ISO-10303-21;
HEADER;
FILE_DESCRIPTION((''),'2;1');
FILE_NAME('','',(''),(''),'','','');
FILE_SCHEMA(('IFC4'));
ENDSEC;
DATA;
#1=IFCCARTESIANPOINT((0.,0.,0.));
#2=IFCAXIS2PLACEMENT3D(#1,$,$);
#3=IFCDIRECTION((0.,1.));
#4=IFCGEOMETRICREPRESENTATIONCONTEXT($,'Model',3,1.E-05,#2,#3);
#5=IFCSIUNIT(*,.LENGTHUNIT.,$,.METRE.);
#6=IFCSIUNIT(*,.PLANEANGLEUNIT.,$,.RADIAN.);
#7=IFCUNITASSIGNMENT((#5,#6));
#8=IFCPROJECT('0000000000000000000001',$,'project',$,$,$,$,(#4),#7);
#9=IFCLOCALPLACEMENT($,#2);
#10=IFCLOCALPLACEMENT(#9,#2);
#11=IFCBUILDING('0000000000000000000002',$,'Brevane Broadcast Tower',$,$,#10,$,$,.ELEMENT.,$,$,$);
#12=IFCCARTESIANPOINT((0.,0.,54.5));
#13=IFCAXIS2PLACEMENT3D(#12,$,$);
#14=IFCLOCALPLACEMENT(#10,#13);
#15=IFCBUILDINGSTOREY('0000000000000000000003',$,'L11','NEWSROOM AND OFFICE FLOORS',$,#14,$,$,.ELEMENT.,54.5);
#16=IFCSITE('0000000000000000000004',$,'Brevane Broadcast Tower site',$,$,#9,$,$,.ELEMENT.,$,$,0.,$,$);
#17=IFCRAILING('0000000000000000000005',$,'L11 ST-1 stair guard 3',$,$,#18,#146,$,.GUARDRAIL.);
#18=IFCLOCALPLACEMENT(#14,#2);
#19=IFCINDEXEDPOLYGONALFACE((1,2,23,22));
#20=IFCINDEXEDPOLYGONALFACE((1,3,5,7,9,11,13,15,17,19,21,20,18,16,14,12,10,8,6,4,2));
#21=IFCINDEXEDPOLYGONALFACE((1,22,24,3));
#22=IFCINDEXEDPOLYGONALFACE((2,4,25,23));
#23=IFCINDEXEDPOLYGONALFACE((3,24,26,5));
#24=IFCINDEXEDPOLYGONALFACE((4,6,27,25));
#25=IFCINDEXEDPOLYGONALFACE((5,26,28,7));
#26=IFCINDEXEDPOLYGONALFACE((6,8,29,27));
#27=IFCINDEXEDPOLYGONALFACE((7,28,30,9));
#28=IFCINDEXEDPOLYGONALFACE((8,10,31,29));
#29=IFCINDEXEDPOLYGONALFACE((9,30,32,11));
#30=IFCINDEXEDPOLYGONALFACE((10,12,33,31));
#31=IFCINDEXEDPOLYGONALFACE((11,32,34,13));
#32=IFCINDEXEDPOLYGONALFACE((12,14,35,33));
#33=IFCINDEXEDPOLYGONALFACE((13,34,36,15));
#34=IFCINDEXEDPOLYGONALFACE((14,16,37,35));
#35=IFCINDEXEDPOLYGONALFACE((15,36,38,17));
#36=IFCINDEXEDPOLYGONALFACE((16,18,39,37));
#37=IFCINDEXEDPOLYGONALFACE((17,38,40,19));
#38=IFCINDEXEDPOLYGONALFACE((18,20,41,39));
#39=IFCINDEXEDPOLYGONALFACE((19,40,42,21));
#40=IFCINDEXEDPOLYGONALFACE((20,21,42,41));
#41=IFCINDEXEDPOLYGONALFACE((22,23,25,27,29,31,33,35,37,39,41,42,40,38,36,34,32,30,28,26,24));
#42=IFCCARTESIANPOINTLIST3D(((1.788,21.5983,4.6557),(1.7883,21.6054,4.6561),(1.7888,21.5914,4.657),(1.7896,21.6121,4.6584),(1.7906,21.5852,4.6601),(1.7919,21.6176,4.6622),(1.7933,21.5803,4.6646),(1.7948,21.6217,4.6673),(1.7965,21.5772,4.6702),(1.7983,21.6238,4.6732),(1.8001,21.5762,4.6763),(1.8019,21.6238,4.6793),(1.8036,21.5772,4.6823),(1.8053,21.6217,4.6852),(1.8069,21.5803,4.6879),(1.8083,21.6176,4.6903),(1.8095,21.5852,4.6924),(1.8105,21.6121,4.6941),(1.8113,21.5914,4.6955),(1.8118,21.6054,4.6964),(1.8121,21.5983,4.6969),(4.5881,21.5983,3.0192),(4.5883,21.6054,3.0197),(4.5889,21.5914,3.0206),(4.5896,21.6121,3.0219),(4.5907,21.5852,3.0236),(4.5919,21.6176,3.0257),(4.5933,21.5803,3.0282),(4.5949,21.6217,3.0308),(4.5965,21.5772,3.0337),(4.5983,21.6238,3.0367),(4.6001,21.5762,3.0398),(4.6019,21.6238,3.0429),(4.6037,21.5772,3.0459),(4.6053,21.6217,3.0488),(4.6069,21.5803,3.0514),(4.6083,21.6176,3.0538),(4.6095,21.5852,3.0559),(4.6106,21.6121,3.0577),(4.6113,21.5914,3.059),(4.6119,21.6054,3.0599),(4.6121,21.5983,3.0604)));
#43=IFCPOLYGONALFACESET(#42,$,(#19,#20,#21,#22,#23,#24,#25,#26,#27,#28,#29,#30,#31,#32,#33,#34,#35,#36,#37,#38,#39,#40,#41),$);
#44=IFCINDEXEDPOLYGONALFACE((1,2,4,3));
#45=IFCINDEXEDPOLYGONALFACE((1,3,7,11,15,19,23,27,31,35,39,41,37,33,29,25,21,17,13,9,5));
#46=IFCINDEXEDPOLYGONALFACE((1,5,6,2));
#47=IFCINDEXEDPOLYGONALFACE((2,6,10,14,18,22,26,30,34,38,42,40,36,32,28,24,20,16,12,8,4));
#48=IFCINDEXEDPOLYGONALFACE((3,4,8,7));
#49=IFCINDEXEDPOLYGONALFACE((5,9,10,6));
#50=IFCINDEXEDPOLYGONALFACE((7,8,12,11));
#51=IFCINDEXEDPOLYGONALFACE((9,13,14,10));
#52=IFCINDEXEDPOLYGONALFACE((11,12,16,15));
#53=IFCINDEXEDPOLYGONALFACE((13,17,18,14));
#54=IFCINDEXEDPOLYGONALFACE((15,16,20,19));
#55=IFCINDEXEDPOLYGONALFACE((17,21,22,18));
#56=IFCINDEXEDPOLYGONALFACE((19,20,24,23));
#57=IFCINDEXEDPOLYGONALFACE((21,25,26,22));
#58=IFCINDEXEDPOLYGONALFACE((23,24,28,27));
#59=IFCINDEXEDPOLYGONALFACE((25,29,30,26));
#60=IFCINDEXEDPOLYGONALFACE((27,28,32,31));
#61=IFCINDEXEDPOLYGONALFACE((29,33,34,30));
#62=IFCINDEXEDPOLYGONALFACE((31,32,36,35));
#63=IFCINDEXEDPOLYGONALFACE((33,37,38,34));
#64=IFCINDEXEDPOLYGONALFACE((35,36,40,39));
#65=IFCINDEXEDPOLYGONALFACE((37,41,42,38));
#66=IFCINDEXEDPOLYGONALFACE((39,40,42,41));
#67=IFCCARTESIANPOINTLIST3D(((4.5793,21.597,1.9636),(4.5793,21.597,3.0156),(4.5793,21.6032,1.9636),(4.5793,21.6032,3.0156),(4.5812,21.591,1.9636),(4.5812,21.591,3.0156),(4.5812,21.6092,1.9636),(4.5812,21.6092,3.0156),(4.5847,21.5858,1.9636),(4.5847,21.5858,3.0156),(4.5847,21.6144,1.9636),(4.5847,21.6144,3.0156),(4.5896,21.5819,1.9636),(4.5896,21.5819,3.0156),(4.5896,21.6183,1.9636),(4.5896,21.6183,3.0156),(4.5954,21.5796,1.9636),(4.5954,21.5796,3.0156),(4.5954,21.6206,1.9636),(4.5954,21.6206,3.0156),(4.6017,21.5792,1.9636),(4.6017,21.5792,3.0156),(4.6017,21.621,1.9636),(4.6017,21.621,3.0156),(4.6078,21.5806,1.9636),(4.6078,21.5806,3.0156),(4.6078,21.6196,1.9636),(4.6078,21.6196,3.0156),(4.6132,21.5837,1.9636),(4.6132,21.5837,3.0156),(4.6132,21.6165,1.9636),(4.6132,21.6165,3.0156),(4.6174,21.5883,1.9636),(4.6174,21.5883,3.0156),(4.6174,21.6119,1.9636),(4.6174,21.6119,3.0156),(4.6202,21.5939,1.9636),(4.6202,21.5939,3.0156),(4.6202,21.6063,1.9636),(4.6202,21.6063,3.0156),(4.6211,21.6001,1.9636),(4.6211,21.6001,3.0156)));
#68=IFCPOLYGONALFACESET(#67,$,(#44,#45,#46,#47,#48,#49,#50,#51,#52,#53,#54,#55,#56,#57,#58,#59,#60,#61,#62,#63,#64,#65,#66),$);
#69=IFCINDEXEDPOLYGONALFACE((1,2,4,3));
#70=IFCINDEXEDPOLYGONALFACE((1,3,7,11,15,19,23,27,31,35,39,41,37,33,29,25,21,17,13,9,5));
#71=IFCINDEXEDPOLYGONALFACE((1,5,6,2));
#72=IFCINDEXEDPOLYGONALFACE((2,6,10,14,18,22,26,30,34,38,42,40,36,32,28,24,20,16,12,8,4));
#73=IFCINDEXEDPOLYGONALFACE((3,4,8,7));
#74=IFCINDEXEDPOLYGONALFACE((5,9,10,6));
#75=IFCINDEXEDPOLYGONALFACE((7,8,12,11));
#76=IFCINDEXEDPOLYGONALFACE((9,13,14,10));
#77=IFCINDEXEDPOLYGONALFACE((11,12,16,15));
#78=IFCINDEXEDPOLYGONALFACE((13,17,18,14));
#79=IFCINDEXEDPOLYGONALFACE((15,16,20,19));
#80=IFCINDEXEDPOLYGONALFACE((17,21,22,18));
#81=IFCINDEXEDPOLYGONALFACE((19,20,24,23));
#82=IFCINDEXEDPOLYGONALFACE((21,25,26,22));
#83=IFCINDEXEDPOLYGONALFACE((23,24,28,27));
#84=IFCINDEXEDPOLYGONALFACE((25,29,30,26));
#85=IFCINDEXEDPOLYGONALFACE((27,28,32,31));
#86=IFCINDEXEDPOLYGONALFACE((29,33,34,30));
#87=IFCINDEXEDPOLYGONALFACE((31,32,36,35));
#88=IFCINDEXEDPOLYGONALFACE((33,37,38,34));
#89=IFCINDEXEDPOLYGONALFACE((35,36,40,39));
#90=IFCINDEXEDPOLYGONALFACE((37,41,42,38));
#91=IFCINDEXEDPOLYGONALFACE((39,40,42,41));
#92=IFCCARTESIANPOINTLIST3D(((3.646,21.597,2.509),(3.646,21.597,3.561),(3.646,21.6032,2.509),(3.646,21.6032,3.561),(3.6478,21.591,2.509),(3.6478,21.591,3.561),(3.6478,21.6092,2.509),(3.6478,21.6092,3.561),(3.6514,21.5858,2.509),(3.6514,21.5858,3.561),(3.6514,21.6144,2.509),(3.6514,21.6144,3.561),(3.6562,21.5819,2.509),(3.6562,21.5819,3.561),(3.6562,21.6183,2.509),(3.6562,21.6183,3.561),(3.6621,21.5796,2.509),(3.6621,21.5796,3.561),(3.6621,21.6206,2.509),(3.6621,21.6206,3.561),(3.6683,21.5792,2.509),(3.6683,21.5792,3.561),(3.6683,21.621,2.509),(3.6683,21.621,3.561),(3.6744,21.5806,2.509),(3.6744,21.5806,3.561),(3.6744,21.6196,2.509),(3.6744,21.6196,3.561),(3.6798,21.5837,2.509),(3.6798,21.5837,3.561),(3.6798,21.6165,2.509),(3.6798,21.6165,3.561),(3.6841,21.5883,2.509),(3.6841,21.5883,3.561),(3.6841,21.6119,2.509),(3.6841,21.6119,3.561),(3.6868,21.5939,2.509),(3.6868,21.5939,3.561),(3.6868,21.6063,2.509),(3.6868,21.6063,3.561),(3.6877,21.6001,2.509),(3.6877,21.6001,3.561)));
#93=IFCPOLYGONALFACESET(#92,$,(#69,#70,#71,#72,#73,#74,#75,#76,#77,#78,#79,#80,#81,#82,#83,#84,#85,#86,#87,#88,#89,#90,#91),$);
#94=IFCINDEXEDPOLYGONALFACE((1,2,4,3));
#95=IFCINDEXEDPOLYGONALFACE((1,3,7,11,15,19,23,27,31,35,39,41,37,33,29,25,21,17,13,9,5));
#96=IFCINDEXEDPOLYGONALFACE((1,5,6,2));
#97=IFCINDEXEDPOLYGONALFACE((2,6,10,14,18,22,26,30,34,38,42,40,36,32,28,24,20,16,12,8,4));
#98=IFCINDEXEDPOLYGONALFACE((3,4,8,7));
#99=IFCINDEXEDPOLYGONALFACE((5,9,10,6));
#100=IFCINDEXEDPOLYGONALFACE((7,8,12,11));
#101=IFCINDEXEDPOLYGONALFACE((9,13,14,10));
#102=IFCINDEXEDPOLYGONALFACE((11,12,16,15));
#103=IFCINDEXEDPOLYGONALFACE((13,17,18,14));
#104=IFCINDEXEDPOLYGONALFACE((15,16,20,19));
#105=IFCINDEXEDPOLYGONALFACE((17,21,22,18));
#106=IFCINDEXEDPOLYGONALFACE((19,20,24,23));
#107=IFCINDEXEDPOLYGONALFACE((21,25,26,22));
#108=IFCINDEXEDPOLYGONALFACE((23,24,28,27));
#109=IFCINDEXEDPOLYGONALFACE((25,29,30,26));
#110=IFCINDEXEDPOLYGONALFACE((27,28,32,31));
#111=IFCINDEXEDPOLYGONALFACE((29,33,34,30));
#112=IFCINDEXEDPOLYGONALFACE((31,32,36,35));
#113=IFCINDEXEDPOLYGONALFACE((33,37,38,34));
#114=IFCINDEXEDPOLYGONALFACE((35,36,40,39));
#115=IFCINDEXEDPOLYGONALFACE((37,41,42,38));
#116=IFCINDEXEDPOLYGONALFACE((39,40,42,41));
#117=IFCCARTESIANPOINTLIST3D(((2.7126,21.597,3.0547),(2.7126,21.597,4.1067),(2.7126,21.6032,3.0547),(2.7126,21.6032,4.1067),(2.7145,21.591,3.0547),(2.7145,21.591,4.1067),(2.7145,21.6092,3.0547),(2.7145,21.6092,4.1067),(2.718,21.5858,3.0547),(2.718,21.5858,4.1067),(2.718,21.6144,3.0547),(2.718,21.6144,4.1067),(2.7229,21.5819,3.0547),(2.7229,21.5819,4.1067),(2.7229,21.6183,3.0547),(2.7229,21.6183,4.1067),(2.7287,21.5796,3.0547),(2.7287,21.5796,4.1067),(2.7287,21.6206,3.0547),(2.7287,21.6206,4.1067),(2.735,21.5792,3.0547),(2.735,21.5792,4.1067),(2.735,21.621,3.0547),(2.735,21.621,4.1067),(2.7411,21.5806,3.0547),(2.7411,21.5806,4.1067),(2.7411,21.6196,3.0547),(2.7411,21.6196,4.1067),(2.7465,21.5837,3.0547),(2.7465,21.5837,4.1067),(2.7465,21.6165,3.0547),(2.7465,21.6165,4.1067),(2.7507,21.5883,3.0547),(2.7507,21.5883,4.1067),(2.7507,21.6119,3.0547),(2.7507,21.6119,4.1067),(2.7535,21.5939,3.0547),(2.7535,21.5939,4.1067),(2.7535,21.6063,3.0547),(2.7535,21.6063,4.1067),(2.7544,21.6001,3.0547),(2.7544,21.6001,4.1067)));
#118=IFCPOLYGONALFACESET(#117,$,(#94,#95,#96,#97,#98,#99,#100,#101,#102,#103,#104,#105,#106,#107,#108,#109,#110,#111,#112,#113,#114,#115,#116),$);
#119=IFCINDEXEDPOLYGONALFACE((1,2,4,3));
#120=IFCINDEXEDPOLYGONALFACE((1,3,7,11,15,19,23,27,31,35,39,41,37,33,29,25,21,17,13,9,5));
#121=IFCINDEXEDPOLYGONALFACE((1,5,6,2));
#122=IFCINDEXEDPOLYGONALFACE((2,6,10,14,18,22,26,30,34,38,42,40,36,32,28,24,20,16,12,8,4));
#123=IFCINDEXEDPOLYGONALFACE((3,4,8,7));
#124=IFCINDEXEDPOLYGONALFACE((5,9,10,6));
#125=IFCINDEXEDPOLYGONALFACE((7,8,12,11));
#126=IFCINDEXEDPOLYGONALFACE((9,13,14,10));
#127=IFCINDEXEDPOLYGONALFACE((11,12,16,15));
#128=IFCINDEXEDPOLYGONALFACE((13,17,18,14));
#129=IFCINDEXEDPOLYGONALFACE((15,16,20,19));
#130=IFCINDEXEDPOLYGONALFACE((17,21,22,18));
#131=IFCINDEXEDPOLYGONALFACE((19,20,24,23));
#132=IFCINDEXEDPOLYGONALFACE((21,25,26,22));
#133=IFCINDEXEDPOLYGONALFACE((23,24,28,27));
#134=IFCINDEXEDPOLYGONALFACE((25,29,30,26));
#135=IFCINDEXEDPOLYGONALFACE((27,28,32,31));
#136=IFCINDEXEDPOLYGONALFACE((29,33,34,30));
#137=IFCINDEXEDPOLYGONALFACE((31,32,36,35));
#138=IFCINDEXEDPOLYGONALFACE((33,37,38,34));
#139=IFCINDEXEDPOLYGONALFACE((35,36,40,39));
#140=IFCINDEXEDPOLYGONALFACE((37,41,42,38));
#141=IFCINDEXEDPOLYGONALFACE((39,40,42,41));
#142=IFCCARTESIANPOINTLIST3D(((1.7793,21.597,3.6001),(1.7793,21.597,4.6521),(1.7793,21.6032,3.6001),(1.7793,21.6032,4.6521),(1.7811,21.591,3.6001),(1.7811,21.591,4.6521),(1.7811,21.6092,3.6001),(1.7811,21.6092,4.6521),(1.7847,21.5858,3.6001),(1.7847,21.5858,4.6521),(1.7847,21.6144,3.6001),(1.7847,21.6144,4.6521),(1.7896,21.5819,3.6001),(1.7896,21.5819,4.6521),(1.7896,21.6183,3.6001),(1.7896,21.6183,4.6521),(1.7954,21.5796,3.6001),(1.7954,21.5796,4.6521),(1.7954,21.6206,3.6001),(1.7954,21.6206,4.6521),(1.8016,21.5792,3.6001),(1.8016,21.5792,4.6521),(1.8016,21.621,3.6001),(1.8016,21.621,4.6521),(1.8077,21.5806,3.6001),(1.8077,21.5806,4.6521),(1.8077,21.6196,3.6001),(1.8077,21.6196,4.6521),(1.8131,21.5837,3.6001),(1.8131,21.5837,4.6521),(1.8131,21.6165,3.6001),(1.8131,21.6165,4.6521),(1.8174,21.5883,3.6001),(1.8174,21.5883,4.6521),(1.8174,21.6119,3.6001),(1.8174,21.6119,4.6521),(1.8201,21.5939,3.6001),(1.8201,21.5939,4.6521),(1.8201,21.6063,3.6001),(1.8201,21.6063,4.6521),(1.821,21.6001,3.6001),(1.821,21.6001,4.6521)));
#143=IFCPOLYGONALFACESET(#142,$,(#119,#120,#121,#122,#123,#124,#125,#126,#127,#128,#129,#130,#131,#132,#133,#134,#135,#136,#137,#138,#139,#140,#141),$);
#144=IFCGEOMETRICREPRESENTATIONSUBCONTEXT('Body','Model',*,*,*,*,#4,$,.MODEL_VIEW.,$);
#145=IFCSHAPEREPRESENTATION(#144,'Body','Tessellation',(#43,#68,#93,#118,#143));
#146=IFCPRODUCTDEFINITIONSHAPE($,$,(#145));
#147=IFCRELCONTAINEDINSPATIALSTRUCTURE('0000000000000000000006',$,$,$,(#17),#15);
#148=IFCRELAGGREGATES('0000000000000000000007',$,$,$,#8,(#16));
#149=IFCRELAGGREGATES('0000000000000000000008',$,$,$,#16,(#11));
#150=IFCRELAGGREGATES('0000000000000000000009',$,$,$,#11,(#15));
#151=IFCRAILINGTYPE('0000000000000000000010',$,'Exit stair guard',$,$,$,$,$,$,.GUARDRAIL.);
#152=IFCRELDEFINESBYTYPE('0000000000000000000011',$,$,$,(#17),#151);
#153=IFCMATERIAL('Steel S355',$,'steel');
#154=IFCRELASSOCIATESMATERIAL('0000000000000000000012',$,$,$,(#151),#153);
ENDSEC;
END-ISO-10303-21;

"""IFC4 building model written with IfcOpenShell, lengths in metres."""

from ifc_helpers import new_model, si_unit, direction, frame, origin, origin_2d, place, context, subcontext, project, spatial, circle, extrude, material, type_object, element, save


model = new_model("IFC4")

# Units and contexts
model_context = context("Model", 3, precision=1e-05, world=origin(), true_north=direction((0.0, 1.0)))
body_context = subcontext(model_context, "Body", "Model", "MODEL_VIEW")
ifc_project = project(units=[si_unit("LENGTHUNIT", "METRE"), si_unit("PLANEANGLEUNIT", "RADIAN")], contexts=[model_context])

# Site, building, storey
site_placement = place(None, origin())
site = spatial("IfcSite", under=ifc_project, at=site_placement, Name="Brevane Broadcast Tower site", CompositionType="ELEMENT", RefElevation=0.0)
building_placement = place(site_placement, origin())
building = spatial("IfcBuilding", under=site, at=building_placement, Name="Brevane Broadcast Tower", CompositionType="ELEMENT")
storey_placement = place(building_placement, frame((0.0, 0.0, 54.5)))
storey = spatial("IfcBuildingStorey", under=building, at=storey_placement, Name="L11", Description="NEWSROOM AND OFFICE FLOORS", CompositionType="ELEMENT", Elevation=54.5)

# Railing
ifc_material_1 = material(Name="Steel S355", Category="steel")
railing_type_1 = type_object("IfcRailingType", Name="Exit stair guard", PredefinedType="GUARDRAIL", material=ifc_material_1)
railing_1_placement = place(storey_placement, frame((4.6001, 21.6001, 1.9636)))
element("IfcRailing", 1, at=railing_1_placement, inside=storey, type_object=railing_type_1, Name="L11 ST-1 stair guard 3", PredefinedType="GUARDRAIL", context=body_context, shape_type="SweptSolid", body=[
    extrude(circle(Radius=0.0239, at=origin_2d()), frame((0.0, 0.0, 1.0762), z_axis=(-0.863361, 0.0, 0.504587), x_axis=(0.0, -1.0, 0.0)), (0.0, 0.0, 1.0), 3.2432),
    extrude(circle(Radius=0.021, at=origin_2d()), origin(), (0.0, 0.0, 1.0), 1.052),
    extrude(circle(Radius=0.021, at=origin_2d()), frame((-0.9333, 0.0, 0.5454)), (0.0, 0.0, 1.0), 1.052),
    extrude(circle(Radius=0.021, at=origin_2d()), frame((-1.8667, 0.0, 1.0911)), (0.0, 0.0, 1.0), 1.052),
    extrude(circle(Radius=0.021, at=origin_2d()), frame((-2.8, 0.0, 1.6365)), (0.0, 0.0, 1.0), 1.052),
])

save(model, "model.ifc")
